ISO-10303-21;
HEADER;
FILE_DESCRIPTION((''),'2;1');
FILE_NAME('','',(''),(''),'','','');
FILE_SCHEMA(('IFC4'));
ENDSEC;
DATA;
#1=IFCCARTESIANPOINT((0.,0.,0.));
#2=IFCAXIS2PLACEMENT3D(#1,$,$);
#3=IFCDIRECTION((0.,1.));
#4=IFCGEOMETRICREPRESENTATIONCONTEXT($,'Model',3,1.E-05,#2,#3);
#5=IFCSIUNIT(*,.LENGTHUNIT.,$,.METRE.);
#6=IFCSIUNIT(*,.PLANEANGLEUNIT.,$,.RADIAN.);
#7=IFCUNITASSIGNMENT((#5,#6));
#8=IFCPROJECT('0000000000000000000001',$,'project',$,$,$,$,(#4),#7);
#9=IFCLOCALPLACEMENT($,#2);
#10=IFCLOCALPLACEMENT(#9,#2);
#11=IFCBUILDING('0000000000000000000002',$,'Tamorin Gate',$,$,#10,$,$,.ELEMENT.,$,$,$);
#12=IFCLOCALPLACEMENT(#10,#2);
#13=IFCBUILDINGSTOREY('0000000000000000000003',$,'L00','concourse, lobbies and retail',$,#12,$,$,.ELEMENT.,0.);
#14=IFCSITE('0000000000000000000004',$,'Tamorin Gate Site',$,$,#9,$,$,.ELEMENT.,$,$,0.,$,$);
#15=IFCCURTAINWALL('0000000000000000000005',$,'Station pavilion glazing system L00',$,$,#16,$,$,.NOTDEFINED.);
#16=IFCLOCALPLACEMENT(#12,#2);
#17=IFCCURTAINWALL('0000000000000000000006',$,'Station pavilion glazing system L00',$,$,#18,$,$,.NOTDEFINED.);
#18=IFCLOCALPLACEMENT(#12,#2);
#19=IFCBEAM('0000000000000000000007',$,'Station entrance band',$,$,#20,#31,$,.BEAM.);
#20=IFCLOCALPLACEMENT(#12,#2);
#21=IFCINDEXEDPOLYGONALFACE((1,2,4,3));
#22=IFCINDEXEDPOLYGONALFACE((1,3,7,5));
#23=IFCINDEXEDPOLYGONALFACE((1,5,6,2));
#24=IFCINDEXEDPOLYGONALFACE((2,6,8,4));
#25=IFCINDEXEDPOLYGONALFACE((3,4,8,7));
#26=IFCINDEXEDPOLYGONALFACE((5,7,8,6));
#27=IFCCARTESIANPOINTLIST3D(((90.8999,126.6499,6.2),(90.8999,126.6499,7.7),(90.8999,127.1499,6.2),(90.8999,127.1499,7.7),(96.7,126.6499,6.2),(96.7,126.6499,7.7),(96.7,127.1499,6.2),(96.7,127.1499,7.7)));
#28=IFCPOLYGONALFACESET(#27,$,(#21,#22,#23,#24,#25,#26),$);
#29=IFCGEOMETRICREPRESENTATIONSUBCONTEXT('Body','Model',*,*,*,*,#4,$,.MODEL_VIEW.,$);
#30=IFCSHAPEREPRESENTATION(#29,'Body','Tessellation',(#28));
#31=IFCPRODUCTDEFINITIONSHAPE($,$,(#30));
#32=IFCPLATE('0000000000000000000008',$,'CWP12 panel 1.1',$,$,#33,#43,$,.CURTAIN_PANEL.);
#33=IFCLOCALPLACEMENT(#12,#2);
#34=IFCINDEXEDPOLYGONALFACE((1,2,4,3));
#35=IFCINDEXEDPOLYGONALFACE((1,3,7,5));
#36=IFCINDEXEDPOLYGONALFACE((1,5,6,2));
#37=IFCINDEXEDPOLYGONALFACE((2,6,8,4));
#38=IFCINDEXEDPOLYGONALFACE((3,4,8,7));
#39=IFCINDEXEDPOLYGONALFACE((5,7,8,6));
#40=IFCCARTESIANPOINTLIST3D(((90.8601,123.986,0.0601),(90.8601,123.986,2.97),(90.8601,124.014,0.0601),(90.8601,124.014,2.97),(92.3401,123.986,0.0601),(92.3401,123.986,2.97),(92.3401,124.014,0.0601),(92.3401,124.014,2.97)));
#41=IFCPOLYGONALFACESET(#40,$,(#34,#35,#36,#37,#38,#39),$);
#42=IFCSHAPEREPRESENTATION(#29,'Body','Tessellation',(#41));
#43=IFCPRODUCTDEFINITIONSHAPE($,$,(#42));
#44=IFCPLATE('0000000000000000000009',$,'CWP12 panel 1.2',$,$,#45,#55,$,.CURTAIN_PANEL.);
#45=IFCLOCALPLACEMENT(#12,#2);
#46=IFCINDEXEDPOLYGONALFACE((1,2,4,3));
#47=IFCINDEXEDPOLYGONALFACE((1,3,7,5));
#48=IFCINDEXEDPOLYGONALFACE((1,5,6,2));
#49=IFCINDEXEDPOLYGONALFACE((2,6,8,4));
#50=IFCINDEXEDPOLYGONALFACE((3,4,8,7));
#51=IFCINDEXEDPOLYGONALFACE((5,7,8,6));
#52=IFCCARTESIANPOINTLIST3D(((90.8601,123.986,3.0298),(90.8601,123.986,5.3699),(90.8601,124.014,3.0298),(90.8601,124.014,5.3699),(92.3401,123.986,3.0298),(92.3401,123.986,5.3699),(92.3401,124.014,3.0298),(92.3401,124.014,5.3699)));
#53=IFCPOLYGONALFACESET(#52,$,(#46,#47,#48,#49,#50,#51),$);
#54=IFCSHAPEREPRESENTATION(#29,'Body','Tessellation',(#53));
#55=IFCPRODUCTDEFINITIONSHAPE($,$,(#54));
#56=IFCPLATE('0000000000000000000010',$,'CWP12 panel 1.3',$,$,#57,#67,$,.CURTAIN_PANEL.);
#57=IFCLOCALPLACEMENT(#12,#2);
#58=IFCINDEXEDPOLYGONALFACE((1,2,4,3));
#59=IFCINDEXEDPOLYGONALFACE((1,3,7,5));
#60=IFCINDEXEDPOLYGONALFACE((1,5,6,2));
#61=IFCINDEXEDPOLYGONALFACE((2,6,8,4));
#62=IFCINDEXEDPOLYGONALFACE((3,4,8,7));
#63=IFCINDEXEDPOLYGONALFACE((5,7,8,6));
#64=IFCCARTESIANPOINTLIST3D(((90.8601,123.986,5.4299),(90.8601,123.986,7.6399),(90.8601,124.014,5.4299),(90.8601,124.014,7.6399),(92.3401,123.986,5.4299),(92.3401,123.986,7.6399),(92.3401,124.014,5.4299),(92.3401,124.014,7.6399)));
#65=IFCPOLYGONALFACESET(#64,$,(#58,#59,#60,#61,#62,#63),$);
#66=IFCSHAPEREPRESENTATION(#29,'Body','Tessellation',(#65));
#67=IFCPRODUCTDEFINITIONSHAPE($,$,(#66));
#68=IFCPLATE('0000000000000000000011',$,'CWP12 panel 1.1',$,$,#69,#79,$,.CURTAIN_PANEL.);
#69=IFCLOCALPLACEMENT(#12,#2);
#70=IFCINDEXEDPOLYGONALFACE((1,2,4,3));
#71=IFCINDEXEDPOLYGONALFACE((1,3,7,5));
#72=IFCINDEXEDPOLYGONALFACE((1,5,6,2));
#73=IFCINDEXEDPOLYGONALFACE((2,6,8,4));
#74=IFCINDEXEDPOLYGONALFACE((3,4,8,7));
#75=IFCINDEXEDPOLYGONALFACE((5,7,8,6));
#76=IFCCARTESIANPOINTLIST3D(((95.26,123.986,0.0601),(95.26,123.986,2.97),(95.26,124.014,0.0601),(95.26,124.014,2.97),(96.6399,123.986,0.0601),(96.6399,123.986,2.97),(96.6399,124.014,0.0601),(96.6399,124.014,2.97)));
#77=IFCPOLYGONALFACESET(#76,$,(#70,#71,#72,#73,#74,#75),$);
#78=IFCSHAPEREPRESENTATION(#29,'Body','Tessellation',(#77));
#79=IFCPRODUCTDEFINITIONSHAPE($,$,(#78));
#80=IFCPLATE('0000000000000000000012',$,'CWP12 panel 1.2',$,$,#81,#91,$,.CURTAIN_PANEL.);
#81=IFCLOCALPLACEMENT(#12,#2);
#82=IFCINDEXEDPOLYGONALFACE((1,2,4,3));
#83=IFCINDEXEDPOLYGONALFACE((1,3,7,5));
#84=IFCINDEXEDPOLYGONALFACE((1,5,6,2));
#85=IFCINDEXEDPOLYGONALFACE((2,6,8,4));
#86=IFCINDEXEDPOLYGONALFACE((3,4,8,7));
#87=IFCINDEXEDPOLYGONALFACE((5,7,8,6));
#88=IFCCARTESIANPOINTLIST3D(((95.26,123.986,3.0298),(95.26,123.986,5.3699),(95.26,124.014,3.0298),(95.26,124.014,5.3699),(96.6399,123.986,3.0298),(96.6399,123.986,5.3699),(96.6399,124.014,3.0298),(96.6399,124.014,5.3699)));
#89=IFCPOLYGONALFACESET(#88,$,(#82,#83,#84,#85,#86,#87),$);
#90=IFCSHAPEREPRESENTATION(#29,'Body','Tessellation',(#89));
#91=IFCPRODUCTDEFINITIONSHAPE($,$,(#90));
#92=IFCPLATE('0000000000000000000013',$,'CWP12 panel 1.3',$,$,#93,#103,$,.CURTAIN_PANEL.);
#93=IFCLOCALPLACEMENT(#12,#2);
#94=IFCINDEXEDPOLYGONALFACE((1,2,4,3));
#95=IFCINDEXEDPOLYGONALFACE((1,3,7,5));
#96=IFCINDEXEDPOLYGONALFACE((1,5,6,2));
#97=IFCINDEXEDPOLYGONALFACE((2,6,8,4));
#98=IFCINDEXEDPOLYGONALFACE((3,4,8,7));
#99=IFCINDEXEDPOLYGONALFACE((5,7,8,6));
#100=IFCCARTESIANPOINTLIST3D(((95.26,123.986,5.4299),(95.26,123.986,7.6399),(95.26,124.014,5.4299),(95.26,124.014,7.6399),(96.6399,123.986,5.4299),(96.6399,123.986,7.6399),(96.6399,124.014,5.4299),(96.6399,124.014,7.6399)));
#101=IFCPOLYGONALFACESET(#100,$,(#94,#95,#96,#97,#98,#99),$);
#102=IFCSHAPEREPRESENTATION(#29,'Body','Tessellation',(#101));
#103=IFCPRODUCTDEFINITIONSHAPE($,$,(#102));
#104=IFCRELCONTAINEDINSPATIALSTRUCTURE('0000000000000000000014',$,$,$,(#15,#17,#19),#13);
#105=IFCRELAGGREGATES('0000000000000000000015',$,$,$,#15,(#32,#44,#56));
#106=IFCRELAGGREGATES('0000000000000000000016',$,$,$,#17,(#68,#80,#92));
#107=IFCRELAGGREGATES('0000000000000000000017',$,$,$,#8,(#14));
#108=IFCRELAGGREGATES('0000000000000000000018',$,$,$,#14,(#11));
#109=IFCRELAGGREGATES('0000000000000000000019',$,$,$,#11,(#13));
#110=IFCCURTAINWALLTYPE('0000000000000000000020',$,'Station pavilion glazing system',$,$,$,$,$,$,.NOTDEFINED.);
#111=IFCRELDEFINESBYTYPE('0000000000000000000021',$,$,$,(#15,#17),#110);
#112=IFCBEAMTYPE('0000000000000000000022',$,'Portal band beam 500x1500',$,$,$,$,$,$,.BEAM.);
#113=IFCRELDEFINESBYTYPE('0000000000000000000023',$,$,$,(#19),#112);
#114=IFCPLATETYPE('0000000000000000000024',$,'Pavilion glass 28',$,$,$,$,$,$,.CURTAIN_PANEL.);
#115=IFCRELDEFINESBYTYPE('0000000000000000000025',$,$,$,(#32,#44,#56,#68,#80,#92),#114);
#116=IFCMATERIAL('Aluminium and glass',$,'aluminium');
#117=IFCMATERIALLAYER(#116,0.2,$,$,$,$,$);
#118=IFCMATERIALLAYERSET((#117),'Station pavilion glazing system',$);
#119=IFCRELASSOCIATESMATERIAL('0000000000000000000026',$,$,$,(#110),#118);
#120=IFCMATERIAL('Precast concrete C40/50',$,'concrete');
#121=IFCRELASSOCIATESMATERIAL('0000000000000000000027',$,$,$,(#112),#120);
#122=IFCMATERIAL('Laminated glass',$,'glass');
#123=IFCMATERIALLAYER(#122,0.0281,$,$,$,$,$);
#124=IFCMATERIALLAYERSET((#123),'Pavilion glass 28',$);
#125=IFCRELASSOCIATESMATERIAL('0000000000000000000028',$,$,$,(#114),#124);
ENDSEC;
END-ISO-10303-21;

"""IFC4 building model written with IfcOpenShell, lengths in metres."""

from ifc_helpers import new_model, si_unit, direction, frame, origin, origin_2d, place, context, subcontext, project, spatial, rectangle, extrude, material, layer, layer_set, material_profile, profile_set, type_object, element, aggregate, save


model = new_model("IFC4")

# Units and contexts
model_context = context("Model", 3, precision=1e-05, world=origin(), true_north=direction((0.0, 1.0)))
body_context = subcontext(model_context, "Body", "Model", "MODEL_VIEW")
ifc_project = project(units=[si_unit("LENGTHUNIT", "METRE"), si_unit("PLANEANGLEUNIT", "RADIAN")], contexts=[model_context])

# Site, building, storey
site_placement = place(None, origin())
site = spatial("IfcSite", under=ifc_project, at=site_placement, Name="Tamorin Gate Site", CompositionType="ELEMENT", RefElevation=0.0)
building_placement = place(site_placement, origin())
building = spatial("IfcBuilding", under=site, at=building_placement, Name="Tamorin Gate", CompositionType="ELEMENT")
storey_placement = place(building_placement, origin())
storey = spatial("IfcBuildingStorey", under=building, at=storey_placement, Name="L00", Description="concourse, lobbies and retail", CompositionType="ELEMENT", Elevation=0.0)

# Curtain wall
ifc_material_1 = material(Name="Aluminium and glass", Category="aluminium")
ifc_layer_1 = layer(ifc_material_1, 0.2)
ifc_layer_set_1 = layer_set([ifc_layer_1], Name="Station pavilion glazing system")
curtain_wall_type = type_object("IfcCurtainWallType", Name="Station pavilion glazing system", PredefinedType="NOTDEFINED", material=ifc_layer_set_1)
curtain_wall_1_placement = place(storey_placement, origin())
curtain_wall_1 = element("IfcCurtainWall", 1, at=curtain_wall_1_placement, inside=storey, type_object=curtain_wall_type, Name="Station pavilion glazing system L00", PredefinedType="NOTDEFINED")

# Curtain wall
curtain_wall_2_placement = place(storey_placement, origin())
curtain_wall_2 = element("IfcCurtainWall", 2, at=curtain_wall_2_placement, inside=storey, type_object=curtain_wall_type, Name="Station pavilion glazing system L00", PredefinedType="NOTDEFINED")

# Beam
ifc_material_2 = material(Name="Precast concrete C40/50", Category="concrete")
ifc_material_profile_1 = material_profile(ifc_material_2, rectangle(XDim=0.5, YDim=1.5, at=origin_2d()), Name="RC 500x1500")
ifc_profile_set_1 = profile_set([ifc_material_profile_1], Name="Precast concrete C40/50")
beam_type = type_object("IfcBeamType", Name="Portal band beam 500x1500", PredefinedType="BEAM", material=ifc_profile_set_1)
beam_placement = place(storey_placement, frame((90.8999, 126.8999, 6.95), z_axis=(1.0, 0.0, 0.0), x_axis=(0.0, 1.0, 0.0)))
element("IfcBeam", 3, at=beam_placement, inside=storey, type_object=beam_type, Name="Station entrance band", PredefinedType="BEAM", context=body_context, shape_type="SweptSolid", body=[
    extrude(rectangle(XDim=0.5, YDim=1.5, at=origin_2d()), origin(), (0.0, 0.0, 1.0), 5.8),
])

# Plates
ifc_material_3 = material(Name="Laminated glass", Category="glass")
ifc_layer_2 = layer(ifc_material_3, 0.0281)
ifc_layer_set_2 = layer_set([ifc_layer_2], Name="Pavilion glass 28")
plate_type = type_object("IfcPlateType", Name="Pavilion glass 28", PredefinedType="CURTAIN_PANEL", material=ifc_layer_set_2)
plate_1_placement = place(storey_placement, frame((91.6001, 124.0, 0.0601), z_axis=(0.0, 0.0, 1.0), x_axis=(1.0, 0.0, 0.0)))
plate_1 = element("IfcPlate", 4, at=plate_1_placement, type_object=plate_type, Name="CWP12 panel 1.1", PredefinedType="CURTAIN_PANEL", context=body_context, shape_type="SweptSolid", body=[
    extrude(rectangle(XDim=1.48, YDim=0.0281, at=origin_2d()), origin(), (0.0, 0.0, 1.0), 2.9099),
])
plate_2_placement = place(storey_placement, frame((91.6001, 124.0, 3.0298), z_axis=(0.0, 0.0, 1.0), x_axis=(1.0, 0.0, 0.0)))
plate_2 = element("IfcPlate", 5, at=plate_2_placement, type_object=plate_type, Name="CWP12 panel 1.2", PredefinedType="CURTAIN_PANEL", context=body_context, shape_type="SweptSolid", body=[
    extrude(rectangle(XDim=1.48, YDim=0.0281, at=origin_2d()), origin(), (0.0, 0.0, 1.0), 2.3401),
])
plate_3_placement = place(storey_placement, frame((91.6001, 124.0, 5.4299), z_axis=(0.0, 0.0, 1.0), x_axis=(1.0, 0.0, 0.0)))
plate_3 = element("IfcPlate", 6, at=plate_3_placement, type_object=plate_type, Name="CWP12 panel 1.3", PredefinedType="CURTAIN_PANEL", context=body_context, shape_type="SweptSolid", body=[
    extrude(rectangle(XDim=1.48, YDim=0.0281, at=origin_2d()), origin(), (0.0, 0.0, 1.0), 2.21),
])
aggregate(curtain_wall_1, [plate_1, plate_2, plate_3])
plate_4_placement = place(storey_placement, frame((95.95, 124.0, 0.0601), z_axis=(0.0, 0.0, 1.0), x_axis=(1.0, 0.0, 0.0)))
plate_4 = element("IfcPlate", 7, at=plate_4_placement, type_object=plate_type, Name="CWP12 panel 1.1", PredefinedType="CURTAIN_PANEL", context=body_context, shape_type="SweptSolid", body=[
    extrude(rectangle(XDim=1.3799, YDim=0.0281, at=origin_2d()), origin(), (0.0, 0.0, 1.0), 2.9099),
])
plate_5_placement = place(storey_placement, frame((95.95, 124.0, 3.0298), z_axis=(0.0, 0.0, 1.0), x_axis=(1.0, 0.0, 0.0)))
plate_5 = element("IfcPlate", 8, at=plate_5_placement, type_object=plate_type, Name="CWP12 panel 1.2", PredefinedType="CURTAIN_PANEL", context=body_context, shape_type="SweptSolid", body=[
    extrude(rectangle(XDim=1.3799, YDim=0.0281, at=origin_2d()), origin(), (0.0, 0.0, 1.0), 2.3401),
])
plate_6_placement = place(storey_placement, frame((95.95, 124.0, 5.4299), z_axis=(0.0, 0.0, 1.0), x_axis=(1.0, 0.0, 0.0)))
plate_6 = element("IfcPlate", 9, at=plate_6_placement, type_object=plate_type, Name="CWP12 panel 1.3", PredefinedType="CURTAIN_PANEL", context=body_context, shape_type="SweptSolid", body=[
    extrude(rectangle(XDim=1.3799, YDim=0.0281, at=origin_2d()), origin(), (0.0, 0.0, 1.0), 2.21),
])
aggregate(curtain_wall_2, [plate_4, plate_5, plate_6])

save(model, "model.ifc")
